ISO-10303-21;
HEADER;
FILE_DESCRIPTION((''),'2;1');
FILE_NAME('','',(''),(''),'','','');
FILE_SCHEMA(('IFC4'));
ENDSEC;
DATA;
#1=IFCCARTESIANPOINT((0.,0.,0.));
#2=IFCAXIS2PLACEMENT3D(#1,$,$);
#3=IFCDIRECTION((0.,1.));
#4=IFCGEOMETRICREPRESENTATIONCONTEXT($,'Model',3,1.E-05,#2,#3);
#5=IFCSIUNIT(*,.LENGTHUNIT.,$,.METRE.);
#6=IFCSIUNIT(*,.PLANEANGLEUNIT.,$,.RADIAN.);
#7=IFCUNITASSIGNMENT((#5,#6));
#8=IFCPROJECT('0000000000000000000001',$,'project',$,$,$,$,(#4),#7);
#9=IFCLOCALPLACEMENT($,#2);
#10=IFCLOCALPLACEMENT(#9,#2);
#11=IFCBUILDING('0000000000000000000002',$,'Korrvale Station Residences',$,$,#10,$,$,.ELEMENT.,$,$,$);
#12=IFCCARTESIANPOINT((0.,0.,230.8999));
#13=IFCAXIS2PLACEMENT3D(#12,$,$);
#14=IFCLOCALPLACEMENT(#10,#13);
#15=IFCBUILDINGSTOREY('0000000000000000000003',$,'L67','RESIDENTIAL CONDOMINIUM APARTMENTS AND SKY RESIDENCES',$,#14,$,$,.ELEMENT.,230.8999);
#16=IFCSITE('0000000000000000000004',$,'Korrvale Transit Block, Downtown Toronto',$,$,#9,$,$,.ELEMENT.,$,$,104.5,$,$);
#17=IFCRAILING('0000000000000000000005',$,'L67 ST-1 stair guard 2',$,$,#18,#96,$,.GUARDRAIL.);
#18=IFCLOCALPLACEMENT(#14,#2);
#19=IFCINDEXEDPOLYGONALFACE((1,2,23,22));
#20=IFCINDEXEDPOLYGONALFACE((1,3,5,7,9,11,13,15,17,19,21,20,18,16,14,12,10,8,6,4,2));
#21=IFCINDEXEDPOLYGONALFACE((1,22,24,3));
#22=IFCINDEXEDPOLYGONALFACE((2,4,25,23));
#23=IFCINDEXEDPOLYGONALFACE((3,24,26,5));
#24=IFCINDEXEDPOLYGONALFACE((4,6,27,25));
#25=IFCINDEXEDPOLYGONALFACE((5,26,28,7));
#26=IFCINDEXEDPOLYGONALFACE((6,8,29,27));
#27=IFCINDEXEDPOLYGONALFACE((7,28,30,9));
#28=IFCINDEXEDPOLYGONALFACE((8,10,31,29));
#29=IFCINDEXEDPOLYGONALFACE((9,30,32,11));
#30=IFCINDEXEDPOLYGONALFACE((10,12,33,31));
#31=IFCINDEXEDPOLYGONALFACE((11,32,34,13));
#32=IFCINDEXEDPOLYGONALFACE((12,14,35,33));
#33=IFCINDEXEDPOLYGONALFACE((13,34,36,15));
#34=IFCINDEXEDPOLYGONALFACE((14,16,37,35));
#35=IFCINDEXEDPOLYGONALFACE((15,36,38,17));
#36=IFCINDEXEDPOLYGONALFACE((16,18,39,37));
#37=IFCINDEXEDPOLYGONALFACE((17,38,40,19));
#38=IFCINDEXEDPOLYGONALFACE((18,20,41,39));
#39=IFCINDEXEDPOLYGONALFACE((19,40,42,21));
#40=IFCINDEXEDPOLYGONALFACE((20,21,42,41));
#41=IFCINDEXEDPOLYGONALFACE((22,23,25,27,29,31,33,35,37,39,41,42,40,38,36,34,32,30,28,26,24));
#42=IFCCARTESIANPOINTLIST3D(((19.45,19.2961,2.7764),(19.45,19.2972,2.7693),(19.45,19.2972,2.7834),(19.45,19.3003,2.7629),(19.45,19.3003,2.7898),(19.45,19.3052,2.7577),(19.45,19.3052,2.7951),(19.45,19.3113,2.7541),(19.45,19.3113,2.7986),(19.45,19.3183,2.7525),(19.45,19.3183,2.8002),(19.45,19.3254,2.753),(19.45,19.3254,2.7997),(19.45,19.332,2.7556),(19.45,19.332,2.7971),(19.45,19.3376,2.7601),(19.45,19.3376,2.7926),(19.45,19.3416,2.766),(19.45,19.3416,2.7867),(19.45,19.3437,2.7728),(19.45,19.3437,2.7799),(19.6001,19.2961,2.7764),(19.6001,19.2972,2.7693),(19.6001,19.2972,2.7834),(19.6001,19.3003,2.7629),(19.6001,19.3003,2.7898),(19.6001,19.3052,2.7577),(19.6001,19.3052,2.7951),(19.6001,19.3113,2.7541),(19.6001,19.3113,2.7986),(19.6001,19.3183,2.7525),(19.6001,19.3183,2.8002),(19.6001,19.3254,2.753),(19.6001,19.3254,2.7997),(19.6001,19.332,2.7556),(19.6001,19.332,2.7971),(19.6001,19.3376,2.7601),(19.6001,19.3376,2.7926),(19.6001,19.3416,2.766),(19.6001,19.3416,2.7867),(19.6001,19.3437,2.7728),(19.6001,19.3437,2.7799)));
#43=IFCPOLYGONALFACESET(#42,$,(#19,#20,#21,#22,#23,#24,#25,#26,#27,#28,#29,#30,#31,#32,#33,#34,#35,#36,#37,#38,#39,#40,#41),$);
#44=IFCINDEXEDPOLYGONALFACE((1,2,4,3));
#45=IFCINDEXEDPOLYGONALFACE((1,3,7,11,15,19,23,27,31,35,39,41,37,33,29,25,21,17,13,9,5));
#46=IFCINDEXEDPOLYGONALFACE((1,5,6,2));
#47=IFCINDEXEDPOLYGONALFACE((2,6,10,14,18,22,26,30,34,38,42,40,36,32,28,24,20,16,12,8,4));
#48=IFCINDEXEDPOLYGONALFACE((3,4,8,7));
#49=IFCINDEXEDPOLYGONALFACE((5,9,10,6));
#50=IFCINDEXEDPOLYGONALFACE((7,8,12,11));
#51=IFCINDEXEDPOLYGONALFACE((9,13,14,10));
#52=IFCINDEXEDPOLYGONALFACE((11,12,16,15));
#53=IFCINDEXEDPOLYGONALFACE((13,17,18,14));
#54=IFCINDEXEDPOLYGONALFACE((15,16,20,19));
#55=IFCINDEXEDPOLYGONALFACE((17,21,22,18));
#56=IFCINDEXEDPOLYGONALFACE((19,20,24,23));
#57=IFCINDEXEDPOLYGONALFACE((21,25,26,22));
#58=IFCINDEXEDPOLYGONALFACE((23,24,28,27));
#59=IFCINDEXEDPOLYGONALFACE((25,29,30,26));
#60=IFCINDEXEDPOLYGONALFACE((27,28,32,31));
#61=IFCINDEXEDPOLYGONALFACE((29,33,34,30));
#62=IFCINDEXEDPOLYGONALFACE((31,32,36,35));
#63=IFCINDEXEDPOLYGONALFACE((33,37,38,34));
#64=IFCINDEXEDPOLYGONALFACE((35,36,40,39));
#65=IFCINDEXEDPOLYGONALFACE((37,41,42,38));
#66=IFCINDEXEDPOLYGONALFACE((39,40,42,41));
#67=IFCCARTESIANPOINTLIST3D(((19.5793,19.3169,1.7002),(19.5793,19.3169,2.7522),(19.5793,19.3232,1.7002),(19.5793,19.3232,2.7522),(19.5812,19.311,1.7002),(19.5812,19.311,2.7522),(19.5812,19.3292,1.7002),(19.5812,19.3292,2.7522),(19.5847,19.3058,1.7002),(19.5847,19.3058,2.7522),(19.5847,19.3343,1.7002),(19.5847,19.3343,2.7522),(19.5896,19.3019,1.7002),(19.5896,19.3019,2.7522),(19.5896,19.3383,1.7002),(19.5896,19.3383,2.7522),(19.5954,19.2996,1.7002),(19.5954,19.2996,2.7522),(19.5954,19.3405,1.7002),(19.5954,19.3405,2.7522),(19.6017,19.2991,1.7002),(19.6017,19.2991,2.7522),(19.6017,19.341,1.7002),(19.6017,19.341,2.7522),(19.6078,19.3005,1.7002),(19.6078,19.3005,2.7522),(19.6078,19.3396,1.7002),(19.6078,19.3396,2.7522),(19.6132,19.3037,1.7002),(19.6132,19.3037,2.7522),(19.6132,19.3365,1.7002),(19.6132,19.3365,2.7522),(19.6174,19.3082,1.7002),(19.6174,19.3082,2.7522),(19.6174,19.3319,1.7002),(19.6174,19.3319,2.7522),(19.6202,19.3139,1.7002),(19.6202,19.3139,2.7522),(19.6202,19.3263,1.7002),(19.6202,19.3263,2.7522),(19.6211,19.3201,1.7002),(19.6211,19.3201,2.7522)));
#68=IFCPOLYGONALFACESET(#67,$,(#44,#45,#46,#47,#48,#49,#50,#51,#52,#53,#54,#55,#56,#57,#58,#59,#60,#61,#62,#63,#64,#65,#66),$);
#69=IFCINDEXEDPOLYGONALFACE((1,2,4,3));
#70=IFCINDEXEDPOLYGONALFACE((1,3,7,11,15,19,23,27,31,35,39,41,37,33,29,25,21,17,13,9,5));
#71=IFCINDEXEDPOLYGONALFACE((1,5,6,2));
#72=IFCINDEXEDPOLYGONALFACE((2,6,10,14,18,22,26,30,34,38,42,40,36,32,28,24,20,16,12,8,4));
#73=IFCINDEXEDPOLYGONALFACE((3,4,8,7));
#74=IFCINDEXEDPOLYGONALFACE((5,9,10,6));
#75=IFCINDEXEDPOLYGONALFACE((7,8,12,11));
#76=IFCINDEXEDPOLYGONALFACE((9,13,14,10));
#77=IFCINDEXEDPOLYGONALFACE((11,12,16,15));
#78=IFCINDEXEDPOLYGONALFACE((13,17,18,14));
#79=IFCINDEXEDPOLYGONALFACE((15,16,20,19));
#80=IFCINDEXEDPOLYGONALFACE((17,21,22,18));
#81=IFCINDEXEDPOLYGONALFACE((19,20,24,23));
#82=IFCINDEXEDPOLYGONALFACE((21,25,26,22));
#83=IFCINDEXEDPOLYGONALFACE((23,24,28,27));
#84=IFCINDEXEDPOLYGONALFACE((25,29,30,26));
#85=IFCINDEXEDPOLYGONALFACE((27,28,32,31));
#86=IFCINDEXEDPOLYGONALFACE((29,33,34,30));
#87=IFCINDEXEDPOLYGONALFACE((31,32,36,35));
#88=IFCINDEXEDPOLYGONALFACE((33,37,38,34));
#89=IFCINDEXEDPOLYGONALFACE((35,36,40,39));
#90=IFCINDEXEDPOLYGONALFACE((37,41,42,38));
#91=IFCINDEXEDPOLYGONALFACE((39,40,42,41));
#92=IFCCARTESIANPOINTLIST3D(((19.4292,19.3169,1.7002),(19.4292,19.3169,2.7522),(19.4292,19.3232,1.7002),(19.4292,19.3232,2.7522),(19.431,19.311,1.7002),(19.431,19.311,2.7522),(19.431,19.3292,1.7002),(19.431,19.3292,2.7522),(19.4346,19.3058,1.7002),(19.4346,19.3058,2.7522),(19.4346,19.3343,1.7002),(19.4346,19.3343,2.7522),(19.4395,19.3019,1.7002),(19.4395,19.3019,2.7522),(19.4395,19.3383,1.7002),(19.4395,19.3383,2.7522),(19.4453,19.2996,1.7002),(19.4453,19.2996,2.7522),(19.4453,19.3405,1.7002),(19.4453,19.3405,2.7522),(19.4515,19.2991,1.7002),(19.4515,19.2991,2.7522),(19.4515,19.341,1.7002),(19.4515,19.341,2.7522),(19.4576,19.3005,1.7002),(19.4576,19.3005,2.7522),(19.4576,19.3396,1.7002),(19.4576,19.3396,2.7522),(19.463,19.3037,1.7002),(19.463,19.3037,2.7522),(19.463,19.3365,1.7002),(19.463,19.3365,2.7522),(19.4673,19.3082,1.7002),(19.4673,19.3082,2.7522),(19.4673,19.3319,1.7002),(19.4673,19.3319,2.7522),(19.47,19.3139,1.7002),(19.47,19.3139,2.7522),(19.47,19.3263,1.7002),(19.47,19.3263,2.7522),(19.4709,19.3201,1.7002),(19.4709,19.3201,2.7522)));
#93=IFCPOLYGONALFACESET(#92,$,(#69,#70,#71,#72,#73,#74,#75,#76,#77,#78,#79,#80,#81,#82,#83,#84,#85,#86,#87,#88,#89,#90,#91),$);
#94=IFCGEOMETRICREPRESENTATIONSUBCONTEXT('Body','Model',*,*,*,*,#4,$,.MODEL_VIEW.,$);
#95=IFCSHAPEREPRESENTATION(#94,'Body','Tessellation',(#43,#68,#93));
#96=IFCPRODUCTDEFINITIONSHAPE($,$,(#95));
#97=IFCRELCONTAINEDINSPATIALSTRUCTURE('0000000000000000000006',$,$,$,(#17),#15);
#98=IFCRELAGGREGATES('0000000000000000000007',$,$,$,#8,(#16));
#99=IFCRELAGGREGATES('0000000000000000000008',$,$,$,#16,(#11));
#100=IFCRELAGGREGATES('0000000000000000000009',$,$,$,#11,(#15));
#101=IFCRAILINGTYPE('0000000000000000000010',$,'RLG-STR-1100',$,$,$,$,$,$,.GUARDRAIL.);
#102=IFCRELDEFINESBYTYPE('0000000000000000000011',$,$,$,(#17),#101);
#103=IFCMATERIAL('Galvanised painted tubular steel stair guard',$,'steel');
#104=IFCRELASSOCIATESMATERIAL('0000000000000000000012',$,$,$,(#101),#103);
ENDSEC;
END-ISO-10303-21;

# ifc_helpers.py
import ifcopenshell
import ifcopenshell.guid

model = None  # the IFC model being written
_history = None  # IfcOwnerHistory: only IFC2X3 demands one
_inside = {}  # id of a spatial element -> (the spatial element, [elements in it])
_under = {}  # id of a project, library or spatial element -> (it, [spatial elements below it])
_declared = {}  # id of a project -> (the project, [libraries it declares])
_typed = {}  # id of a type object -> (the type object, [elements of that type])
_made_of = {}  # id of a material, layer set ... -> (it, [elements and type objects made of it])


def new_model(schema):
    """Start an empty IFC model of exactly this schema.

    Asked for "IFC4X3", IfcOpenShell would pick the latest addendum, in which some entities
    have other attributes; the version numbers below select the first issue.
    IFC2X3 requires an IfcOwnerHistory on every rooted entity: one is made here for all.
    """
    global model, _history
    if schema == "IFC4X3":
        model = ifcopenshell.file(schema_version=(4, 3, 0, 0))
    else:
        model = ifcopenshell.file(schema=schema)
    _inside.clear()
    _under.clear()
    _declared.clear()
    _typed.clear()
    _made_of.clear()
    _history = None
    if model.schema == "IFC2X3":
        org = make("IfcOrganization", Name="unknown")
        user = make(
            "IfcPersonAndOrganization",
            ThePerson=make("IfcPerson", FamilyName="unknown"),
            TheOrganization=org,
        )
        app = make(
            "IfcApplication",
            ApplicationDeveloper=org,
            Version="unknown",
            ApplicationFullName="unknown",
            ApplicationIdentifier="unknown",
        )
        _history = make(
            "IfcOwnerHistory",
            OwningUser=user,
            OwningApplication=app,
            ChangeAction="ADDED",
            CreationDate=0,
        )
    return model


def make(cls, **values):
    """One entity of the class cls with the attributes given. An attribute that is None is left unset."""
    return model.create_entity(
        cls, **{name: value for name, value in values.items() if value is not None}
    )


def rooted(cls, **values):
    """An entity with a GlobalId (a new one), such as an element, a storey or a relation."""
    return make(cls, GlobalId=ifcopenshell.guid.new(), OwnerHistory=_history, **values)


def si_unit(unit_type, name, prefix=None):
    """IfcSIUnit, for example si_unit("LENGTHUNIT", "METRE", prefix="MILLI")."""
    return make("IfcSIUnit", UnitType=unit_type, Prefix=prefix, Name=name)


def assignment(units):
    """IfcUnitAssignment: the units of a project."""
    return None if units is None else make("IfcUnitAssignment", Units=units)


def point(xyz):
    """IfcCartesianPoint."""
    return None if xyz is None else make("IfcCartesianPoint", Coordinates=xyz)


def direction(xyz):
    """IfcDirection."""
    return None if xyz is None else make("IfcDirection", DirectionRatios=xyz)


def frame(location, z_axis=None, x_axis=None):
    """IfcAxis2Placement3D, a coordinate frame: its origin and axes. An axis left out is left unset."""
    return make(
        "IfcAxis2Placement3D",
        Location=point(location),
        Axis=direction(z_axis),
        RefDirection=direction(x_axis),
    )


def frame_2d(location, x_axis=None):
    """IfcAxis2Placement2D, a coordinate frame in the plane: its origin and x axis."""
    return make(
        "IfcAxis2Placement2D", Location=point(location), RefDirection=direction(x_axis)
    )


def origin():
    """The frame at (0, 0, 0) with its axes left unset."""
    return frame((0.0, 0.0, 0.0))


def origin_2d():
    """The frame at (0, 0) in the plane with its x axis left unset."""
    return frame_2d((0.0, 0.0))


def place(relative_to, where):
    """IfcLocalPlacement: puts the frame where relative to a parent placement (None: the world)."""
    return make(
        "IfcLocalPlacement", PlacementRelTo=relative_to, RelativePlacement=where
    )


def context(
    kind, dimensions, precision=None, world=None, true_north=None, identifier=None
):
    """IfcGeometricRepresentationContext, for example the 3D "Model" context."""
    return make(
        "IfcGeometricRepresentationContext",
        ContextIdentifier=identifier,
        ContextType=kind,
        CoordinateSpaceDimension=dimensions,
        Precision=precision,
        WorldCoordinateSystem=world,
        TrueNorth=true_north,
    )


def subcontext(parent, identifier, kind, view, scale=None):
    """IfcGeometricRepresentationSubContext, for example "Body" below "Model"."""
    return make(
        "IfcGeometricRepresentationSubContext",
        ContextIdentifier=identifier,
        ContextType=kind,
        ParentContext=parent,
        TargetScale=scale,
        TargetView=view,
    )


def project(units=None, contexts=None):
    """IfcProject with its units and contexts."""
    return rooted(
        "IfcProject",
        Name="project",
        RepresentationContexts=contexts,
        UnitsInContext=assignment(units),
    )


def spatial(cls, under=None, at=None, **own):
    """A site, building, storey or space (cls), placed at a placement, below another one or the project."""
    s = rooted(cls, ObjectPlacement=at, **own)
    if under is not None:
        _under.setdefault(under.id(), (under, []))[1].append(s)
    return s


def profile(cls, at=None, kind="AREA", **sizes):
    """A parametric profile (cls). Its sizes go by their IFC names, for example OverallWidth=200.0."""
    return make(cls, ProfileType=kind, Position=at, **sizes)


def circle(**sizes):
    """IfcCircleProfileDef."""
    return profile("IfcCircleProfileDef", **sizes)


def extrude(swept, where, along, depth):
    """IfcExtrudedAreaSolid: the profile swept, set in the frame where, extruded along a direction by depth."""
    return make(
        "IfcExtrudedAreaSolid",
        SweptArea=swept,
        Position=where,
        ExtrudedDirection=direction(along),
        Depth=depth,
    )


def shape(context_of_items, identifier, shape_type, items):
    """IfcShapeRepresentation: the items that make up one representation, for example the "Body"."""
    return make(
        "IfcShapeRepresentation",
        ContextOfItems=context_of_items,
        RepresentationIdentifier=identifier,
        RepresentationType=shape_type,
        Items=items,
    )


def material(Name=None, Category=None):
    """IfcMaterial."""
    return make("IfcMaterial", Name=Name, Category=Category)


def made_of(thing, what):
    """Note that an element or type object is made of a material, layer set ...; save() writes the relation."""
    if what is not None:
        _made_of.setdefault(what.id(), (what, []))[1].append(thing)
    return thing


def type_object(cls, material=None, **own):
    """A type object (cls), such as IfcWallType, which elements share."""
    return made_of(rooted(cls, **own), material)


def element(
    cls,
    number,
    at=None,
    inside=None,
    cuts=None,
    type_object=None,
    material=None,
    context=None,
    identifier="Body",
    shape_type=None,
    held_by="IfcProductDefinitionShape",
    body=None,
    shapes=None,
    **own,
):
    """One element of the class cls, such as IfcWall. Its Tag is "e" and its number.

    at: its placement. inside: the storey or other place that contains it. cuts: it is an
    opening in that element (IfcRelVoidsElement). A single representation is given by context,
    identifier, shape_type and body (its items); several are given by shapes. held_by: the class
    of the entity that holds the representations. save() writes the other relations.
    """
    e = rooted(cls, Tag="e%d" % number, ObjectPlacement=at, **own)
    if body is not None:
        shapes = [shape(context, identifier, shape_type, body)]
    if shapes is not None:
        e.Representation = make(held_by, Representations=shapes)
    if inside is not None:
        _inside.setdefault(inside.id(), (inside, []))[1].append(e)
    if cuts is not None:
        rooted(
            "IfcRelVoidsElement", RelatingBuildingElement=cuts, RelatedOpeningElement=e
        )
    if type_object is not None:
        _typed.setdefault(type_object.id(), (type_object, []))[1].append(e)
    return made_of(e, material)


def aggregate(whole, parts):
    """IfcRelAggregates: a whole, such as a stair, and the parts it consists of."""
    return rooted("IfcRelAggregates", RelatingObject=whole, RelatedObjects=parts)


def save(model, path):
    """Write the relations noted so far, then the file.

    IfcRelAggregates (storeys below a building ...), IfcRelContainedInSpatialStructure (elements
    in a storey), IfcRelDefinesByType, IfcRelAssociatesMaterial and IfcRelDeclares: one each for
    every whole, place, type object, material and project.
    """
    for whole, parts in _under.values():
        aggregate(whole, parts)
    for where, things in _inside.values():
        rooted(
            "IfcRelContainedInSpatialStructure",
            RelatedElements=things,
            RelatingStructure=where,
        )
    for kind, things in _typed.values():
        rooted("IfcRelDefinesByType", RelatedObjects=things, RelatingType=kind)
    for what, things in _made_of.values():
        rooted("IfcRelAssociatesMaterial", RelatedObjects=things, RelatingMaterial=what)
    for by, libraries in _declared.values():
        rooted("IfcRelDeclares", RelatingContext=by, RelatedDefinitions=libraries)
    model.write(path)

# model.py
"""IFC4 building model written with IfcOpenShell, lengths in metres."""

from ifc_helpers import new_model, si_unit, direction, frame, origin, origin_2d, place, context, subcontext, project, spatial, circle, extrude, material, type_object, element, save


model = new_model("IFC4")

# Units and contexts
model_context = context("Model", 3, precision=1e-05, world=origin(), true_north=direction((0.0, 1.0)))
body_context = subcontext(model_context, "Body", "Model", "MODEL_VIEW")
ifc_project = project(units=[si_unit("LENGTHUNIT", "METRE"), si_unit("PLANEANGLEUNIT", "RADIAN")], contexts=[model_context])

# Site, building, storey
site_placement = place(None, origin())
site = spatial("IfcSite", under=ifc_project, at=site_placement, Name="Korrvale Transit Block, Downtown Toronto", CompositionType="ELEMENT", RefElevation=104.5)
building_placement = place(site_placement, origin())
building = spatial("IfcBuilding", under=site, at=building_placement, Name="Korrvale Station Residences", CompositionType="ELEMENT")
storey_placement = place(building_placement, frame((0.0, 0.0, 230.8999)))
storey = spatial("IfcBuildingStorey", under=building, at=storey_placement, Name="L67", Description="RESIDENTIAL CONDOMINIUM APARTMENTS AND SKY RESIDENCES", CompositionType="ELEMENT", Elevation=230.8999)

# Railing
ifc_material_1 = material(Name="Galvanised painted tubular steel stair guard", Category="steel")
railing_type = type_object("IfcRailingType", Name="RLG-STR-1100", PredefinedType="GUARDRAIL", material=ifc_material_1)
railing_1_placement = place(storey_placement, frame((19.6001, 19.3201, 1.7002)))
element("IfcRailing", 1, at=railing_1_placement, inside=storey, type_object=railing_type, Name="L67 ST-1 stair guard 2", PredefinedType="GUARDRAIL", context=body_context, shape_type="SweptSolid", body=[
    extrude(circle(Radius=0.0239, at=origin_2d()), frame((0.0, 0.0, 1.0762), z_axis=(-1.0, 0.0, 0.0), x_axis=(0.0, -1.0, 0.0)), (0.0, 0.0, 1.0), 0.1501),
    extrude(circle(Radius=0.021, at=origin_2d()), origin(), (0.0, 0.0, 1.0), 1.052),
    extrude(circle(Radius=0.021, at=origin_2d()), frame((-0.1501, 0.0, 0.0)), (0.0, 0.0, 1.0), 1.052),
])

save(model, "model.ifc")
